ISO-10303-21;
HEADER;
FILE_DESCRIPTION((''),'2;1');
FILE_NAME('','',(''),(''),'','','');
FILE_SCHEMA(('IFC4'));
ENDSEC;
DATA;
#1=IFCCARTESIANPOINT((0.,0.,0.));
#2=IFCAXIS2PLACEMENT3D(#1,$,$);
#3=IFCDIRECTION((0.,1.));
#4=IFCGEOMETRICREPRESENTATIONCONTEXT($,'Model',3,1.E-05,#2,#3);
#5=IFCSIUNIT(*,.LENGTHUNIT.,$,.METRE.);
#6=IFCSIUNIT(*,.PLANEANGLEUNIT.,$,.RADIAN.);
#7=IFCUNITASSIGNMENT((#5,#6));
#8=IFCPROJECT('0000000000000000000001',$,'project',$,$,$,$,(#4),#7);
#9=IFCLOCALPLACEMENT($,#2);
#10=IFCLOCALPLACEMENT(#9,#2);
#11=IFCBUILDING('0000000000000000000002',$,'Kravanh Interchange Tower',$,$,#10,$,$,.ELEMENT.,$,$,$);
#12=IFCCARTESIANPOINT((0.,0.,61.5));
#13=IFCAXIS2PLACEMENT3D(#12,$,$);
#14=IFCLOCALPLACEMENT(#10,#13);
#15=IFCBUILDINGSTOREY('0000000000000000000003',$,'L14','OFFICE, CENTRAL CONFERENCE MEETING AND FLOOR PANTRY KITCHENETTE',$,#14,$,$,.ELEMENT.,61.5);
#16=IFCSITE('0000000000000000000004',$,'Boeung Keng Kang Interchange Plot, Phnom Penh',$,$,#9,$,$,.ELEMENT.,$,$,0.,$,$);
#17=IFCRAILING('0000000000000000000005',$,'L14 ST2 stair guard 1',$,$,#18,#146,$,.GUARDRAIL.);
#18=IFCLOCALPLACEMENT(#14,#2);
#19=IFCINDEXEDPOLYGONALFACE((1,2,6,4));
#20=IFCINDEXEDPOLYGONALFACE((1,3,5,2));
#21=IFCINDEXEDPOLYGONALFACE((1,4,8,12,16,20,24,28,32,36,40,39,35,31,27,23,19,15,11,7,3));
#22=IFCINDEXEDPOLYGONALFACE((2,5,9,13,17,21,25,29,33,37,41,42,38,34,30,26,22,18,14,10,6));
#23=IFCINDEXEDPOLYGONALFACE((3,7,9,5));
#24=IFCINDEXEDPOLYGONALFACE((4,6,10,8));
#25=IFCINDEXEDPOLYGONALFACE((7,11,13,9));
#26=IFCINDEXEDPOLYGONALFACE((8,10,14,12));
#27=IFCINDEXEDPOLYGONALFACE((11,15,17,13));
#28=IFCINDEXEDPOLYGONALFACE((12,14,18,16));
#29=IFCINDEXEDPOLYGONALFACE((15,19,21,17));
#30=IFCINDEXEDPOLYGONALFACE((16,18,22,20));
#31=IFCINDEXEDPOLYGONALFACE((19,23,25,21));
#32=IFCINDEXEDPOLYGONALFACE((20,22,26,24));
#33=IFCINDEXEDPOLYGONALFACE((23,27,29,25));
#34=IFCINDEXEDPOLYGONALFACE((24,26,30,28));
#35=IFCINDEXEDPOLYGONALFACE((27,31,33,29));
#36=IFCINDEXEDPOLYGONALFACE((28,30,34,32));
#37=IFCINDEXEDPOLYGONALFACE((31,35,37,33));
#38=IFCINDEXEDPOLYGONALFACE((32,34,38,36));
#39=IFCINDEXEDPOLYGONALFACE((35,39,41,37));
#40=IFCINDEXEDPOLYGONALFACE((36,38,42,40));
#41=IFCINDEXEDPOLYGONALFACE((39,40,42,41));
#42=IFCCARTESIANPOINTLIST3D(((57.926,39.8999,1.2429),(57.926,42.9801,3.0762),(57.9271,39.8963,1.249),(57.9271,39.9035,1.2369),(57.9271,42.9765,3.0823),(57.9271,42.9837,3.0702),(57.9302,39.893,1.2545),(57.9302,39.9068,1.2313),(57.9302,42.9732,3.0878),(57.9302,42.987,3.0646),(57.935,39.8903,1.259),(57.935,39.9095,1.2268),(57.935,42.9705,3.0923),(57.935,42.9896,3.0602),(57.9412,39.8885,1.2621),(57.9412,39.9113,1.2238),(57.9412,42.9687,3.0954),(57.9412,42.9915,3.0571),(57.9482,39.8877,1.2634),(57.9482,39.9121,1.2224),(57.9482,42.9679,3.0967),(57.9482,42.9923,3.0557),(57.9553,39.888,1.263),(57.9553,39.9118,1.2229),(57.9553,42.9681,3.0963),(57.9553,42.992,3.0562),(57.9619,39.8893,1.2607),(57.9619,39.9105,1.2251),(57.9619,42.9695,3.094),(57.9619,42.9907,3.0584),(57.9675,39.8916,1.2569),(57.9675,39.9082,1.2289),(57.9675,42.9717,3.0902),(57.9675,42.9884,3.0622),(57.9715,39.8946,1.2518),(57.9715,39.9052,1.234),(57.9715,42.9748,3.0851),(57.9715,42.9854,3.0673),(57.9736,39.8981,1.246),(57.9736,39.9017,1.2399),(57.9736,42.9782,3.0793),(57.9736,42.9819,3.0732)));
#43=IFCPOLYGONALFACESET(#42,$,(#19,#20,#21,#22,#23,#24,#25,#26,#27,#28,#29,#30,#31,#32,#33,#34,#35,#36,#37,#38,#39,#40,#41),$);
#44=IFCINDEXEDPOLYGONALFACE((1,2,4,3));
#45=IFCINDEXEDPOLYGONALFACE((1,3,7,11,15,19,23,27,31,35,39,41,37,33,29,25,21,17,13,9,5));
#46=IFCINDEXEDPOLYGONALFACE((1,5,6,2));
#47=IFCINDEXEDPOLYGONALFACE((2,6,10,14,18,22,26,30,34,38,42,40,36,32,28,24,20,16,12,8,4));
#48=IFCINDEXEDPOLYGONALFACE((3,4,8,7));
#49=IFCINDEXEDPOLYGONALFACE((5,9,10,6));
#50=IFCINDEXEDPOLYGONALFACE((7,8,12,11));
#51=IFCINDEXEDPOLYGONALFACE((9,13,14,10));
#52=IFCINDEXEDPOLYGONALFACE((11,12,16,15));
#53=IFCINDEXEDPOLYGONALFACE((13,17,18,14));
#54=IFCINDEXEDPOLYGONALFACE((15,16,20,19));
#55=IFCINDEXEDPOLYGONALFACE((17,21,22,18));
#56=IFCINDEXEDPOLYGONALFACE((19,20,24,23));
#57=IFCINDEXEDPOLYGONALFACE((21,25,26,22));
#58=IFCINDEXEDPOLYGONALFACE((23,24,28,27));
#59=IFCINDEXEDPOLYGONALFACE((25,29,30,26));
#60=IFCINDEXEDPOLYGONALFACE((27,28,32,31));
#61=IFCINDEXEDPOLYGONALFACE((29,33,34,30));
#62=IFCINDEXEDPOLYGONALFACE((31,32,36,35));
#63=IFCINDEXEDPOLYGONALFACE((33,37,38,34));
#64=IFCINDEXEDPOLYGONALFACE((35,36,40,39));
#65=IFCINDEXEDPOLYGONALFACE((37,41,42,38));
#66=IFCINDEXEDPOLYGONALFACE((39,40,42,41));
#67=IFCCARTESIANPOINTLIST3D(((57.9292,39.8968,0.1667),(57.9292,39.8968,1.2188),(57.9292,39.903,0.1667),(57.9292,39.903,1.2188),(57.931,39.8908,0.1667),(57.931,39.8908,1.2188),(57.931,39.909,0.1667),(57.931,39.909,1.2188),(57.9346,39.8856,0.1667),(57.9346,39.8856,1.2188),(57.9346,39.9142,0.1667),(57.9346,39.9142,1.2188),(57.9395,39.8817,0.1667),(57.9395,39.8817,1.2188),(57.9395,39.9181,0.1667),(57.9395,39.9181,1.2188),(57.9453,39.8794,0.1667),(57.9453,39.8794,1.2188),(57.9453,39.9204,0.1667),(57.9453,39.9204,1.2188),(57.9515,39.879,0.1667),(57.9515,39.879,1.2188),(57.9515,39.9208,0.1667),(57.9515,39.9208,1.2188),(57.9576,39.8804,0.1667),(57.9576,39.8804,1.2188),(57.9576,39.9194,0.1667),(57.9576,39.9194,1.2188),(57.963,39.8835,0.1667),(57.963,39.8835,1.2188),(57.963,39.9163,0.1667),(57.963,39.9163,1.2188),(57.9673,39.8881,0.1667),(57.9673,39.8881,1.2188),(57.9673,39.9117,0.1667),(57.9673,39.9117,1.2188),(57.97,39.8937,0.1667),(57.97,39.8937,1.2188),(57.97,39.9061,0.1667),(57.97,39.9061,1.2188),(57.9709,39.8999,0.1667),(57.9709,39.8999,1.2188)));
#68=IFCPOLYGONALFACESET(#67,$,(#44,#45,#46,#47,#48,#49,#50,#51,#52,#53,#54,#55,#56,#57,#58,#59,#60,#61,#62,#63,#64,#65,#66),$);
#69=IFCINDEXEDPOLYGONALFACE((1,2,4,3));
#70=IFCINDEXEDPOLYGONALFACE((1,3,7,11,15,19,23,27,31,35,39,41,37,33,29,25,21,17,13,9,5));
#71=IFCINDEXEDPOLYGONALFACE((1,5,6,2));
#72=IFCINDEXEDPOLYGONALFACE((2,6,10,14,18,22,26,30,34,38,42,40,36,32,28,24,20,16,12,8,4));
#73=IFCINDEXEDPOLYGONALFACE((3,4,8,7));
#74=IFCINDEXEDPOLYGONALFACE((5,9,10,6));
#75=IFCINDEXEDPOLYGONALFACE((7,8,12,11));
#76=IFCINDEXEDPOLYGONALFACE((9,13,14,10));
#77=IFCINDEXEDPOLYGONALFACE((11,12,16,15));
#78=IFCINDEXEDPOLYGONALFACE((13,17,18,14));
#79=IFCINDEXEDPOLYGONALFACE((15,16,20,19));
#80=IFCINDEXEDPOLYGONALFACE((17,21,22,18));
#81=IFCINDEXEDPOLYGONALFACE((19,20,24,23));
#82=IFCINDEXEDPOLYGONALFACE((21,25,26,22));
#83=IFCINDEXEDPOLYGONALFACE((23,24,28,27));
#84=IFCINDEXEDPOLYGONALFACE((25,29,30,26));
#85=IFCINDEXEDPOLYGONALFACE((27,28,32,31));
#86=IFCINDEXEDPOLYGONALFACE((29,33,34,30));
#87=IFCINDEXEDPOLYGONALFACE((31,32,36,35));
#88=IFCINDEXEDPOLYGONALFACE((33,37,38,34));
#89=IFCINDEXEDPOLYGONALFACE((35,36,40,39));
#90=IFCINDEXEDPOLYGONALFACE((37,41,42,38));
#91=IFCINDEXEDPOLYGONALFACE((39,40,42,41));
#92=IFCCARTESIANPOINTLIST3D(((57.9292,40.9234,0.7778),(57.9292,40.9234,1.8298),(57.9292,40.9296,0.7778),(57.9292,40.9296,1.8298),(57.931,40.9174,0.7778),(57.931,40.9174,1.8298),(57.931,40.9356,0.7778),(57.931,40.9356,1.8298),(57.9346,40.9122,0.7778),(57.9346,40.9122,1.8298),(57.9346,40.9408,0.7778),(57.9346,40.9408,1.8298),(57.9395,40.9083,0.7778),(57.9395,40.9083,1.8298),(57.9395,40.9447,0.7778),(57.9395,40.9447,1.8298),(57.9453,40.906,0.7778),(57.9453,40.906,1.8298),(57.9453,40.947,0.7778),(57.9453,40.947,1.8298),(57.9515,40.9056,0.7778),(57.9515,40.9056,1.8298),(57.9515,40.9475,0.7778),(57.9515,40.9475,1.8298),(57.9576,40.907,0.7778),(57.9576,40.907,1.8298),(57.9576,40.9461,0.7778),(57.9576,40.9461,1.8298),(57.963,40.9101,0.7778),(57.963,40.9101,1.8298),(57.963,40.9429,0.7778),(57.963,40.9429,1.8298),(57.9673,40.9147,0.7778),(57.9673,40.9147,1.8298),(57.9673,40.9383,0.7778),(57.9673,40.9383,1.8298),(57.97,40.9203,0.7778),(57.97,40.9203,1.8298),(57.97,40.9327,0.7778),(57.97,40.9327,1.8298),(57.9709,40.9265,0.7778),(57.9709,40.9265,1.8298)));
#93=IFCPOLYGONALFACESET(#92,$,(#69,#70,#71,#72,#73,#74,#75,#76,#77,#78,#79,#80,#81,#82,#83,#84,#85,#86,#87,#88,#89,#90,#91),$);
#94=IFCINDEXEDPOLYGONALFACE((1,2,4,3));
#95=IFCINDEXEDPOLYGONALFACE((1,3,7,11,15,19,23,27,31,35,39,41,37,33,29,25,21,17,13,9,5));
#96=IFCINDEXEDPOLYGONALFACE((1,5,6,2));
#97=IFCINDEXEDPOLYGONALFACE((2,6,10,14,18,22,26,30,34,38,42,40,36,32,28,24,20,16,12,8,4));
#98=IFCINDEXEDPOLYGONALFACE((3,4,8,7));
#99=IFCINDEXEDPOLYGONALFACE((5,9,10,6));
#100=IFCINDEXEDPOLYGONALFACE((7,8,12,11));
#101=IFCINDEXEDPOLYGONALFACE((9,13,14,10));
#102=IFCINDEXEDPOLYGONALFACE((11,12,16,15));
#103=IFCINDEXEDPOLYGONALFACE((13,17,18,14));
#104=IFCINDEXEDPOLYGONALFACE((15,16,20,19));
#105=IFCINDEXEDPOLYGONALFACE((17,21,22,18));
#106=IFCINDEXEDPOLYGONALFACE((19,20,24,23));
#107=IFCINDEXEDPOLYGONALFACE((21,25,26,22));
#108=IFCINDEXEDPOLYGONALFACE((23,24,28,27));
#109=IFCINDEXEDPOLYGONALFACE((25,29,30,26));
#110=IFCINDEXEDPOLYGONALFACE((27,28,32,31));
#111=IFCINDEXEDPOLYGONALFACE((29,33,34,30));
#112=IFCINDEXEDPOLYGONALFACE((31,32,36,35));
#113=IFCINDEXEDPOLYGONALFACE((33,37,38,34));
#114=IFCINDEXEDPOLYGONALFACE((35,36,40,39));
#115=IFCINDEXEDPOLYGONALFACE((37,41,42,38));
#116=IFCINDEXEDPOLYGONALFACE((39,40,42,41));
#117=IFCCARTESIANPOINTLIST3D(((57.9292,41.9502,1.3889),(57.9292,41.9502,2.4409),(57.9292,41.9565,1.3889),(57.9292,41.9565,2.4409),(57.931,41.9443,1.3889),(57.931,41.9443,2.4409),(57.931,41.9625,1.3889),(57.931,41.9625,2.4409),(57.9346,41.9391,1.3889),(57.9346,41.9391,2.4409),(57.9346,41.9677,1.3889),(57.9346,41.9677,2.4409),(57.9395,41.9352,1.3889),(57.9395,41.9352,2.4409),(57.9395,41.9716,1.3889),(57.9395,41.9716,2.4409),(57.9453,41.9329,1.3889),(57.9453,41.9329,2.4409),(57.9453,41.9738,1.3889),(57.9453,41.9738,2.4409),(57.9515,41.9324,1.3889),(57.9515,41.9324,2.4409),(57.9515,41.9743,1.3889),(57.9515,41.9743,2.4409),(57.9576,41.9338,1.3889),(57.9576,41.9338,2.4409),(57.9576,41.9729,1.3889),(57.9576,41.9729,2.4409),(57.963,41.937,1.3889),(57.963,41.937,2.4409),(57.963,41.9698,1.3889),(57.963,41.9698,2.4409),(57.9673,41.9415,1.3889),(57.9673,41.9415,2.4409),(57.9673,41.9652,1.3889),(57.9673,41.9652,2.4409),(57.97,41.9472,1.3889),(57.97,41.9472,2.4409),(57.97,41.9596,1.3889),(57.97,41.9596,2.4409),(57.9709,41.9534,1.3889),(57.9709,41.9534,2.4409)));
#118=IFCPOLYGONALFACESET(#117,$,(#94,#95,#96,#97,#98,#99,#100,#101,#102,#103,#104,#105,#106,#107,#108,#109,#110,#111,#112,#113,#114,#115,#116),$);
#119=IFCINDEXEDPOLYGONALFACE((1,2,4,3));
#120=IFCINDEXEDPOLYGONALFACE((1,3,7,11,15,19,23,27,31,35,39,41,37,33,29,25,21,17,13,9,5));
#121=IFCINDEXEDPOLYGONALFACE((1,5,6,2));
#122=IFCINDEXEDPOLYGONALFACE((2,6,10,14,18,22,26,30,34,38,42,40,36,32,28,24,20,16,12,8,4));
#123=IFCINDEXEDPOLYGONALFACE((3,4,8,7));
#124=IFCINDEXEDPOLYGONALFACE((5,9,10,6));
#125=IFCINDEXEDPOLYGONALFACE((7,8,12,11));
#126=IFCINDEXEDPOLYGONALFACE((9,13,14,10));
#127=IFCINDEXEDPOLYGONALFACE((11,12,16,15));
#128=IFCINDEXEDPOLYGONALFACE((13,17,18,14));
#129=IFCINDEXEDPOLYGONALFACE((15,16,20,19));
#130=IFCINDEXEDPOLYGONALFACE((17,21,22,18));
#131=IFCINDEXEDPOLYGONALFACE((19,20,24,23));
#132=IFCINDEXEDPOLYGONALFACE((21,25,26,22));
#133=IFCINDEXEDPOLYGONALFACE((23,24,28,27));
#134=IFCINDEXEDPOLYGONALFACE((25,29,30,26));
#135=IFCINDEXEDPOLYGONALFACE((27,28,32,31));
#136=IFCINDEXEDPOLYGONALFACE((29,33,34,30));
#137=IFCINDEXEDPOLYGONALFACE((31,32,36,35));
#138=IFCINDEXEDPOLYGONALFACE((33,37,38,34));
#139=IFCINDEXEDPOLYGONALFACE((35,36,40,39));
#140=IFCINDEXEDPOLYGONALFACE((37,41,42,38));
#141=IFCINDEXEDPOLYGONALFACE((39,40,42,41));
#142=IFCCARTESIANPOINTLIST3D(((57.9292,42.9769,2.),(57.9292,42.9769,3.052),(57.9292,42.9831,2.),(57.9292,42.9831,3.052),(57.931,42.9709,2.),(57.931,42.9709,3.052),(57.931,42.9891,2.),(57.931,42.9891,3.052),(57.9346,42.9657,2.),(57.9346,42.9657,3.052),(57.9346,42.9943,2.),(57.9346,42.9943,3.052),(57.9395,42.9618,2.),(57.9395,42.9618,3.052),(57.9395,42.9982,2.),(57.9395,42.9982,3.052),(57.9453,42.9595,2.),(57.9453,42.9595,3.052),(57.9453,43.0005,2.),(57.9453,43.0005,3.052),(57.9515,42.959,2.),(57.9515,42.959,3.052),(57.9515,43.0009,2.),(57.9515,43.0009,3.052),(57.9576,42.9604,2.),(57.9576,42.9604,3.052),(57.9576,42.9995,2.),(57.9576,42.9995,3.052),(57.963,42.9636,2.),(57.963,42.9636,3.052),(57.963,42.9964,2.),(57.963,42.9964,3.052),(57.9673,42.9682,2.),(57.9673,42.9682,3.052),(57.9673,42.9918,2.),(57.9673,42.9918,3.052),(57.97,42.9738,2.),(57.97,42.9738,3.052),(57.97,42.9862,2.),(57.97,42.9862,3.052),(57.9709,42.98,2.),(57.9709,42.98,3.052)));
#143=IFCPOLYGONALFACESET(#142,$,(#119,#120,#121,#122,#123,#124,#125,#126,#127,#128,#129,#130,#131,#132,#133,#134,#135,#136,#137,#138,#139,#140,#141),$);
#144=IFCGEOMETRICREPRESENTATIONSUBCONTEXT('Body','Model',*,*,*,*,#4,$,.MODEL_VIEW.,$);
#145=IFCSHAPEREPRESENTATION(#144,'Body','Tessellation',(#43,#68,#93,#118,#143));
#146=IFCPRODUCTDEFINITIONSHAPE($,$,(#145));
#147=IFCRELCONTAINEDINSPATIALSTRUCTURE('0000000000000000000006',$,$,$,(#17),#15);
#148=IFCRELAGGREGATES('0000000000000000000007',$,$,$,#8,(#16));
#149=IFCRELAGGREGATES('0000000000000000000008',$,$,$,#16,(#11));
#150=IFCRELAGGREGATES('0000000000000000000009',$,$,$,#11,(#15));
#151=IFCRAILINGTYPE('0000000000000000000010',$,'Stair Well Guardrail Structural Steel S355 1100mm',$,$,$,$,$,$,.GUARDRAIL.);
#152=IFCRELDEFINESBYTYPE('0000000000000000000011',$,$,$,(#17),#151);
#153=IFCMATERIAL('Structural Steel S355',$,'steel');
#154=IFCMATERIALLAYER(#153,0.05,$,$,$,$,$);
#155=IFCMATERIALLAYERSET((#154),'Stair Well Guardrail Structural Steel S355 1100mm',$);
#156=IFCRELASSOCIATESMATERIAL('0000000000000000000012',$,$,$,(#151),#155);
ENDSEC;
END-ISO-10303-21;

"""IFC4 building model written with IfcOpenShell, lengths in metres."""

from ifc_helpers import new_model, si_unit, direction, frame, origin, origin_2d, place, context, subcontext, project, spatial, circle, extrude, material, layer, layer_set, type_object, element, save


model = new_model("IFC4")

# Units and contexts
model_context = context("Model", 3, precision=1e-05, world=origin(), true_north=direction((0.0, 1.0)))
body_context = subcontext(model_context, "Body", "Model", "MODEL_VIEW")
ifc_project = project(units=[si_unit("LENGTHUNIT", "METRE"), si_unit("PLANEANGLEUNIT", "RADIAN")], contexts=[model_context])

# Site, building, storey
site_placement = place(None, origin())
site = spatial("IfcSite", under=ifc_project, at=site_placement, Name="Boeung Keng Kang Interchange Plot, Phnom Penh", CompositionType="ELEMENT", RefElevation=0.0)
building_placement = place(site_placement, origin())
building = spatial("IfcBuilding", under=site, at=building_placement, Name="Kravanh Interchange Tower", CompositionType="ELEMENT")
storey_placement = place(building_placement, frame((0.0, 0.0, 61.5)))
storey = spatial("IfcBuildingStorey", under=building, at=storey_placement, Name="L14", Description="OFFICE, CENTRAL CONFERENCE MEETING AND FLOOR PANTRY KITCHENETTE", CompositionType="ELEMENT", Elevation=61.5)

# Railing
ifc_material_1 = material(Name="Structural Steel S355", Category="steel")
ifc_layer_1 = layer(ifc_material_1, 0.05)
ifc_layer_set_1 = layer_set([ifc_layer_1], Name="Stair Well Guardrail Structural Steel S355 1100mm")
railing_type_1 = type_object("IfcRailingType", Name="Stair Well Guardrail Structural Steel S355 1100mm", PredefinedType="GUARDRAIL", material=ifc_layer_set_1)
railing_1_placement = place(storey_placement, frame((57.95, 39.8999, 0.1667)))
element("IfcRailing", 1, at=railing_1_placement, inside=storey, type_object=railing_type_1, Name="L14 ST2 stair guard 1", PredefinedType="GUARDRAIL", context=body_context, shape_type="SweptSolid", body=[
    extrude(circle(Radius=0.0239, at=origin_2d()), frame((0.0, 0.0, 1.0762), z_axis=(0.0, 0.859309, 0.511458), x_axis=(-1.0, 0.0, 0.0)), (0.0, 0.0, 1.0), 3.5845),
    extrude(circle(Radius=0.021, at=origin_2d()), origin(), (0.0, 0.0, 1.0), 1.052),
    extrude(circle(Radius=0.021, at=origin_2d()), frame((0.0, 1.0266, 0.6111)), (0.0, 0.0, 1.0), 1.052),
    extrude(circle(Radius=0.021, at=origin_2d()), frame((0.0, 2.0535, 1.2222)), (0.0, 0.0, 1.0), 1.052),
    extrude(circle(Radius=0.021, at=origin_2d()), frame((0.0, 3.0801, 1.8333)), (0.0, 0.0, 1.0), 1.052),
])

save(model, "model.ifc")
